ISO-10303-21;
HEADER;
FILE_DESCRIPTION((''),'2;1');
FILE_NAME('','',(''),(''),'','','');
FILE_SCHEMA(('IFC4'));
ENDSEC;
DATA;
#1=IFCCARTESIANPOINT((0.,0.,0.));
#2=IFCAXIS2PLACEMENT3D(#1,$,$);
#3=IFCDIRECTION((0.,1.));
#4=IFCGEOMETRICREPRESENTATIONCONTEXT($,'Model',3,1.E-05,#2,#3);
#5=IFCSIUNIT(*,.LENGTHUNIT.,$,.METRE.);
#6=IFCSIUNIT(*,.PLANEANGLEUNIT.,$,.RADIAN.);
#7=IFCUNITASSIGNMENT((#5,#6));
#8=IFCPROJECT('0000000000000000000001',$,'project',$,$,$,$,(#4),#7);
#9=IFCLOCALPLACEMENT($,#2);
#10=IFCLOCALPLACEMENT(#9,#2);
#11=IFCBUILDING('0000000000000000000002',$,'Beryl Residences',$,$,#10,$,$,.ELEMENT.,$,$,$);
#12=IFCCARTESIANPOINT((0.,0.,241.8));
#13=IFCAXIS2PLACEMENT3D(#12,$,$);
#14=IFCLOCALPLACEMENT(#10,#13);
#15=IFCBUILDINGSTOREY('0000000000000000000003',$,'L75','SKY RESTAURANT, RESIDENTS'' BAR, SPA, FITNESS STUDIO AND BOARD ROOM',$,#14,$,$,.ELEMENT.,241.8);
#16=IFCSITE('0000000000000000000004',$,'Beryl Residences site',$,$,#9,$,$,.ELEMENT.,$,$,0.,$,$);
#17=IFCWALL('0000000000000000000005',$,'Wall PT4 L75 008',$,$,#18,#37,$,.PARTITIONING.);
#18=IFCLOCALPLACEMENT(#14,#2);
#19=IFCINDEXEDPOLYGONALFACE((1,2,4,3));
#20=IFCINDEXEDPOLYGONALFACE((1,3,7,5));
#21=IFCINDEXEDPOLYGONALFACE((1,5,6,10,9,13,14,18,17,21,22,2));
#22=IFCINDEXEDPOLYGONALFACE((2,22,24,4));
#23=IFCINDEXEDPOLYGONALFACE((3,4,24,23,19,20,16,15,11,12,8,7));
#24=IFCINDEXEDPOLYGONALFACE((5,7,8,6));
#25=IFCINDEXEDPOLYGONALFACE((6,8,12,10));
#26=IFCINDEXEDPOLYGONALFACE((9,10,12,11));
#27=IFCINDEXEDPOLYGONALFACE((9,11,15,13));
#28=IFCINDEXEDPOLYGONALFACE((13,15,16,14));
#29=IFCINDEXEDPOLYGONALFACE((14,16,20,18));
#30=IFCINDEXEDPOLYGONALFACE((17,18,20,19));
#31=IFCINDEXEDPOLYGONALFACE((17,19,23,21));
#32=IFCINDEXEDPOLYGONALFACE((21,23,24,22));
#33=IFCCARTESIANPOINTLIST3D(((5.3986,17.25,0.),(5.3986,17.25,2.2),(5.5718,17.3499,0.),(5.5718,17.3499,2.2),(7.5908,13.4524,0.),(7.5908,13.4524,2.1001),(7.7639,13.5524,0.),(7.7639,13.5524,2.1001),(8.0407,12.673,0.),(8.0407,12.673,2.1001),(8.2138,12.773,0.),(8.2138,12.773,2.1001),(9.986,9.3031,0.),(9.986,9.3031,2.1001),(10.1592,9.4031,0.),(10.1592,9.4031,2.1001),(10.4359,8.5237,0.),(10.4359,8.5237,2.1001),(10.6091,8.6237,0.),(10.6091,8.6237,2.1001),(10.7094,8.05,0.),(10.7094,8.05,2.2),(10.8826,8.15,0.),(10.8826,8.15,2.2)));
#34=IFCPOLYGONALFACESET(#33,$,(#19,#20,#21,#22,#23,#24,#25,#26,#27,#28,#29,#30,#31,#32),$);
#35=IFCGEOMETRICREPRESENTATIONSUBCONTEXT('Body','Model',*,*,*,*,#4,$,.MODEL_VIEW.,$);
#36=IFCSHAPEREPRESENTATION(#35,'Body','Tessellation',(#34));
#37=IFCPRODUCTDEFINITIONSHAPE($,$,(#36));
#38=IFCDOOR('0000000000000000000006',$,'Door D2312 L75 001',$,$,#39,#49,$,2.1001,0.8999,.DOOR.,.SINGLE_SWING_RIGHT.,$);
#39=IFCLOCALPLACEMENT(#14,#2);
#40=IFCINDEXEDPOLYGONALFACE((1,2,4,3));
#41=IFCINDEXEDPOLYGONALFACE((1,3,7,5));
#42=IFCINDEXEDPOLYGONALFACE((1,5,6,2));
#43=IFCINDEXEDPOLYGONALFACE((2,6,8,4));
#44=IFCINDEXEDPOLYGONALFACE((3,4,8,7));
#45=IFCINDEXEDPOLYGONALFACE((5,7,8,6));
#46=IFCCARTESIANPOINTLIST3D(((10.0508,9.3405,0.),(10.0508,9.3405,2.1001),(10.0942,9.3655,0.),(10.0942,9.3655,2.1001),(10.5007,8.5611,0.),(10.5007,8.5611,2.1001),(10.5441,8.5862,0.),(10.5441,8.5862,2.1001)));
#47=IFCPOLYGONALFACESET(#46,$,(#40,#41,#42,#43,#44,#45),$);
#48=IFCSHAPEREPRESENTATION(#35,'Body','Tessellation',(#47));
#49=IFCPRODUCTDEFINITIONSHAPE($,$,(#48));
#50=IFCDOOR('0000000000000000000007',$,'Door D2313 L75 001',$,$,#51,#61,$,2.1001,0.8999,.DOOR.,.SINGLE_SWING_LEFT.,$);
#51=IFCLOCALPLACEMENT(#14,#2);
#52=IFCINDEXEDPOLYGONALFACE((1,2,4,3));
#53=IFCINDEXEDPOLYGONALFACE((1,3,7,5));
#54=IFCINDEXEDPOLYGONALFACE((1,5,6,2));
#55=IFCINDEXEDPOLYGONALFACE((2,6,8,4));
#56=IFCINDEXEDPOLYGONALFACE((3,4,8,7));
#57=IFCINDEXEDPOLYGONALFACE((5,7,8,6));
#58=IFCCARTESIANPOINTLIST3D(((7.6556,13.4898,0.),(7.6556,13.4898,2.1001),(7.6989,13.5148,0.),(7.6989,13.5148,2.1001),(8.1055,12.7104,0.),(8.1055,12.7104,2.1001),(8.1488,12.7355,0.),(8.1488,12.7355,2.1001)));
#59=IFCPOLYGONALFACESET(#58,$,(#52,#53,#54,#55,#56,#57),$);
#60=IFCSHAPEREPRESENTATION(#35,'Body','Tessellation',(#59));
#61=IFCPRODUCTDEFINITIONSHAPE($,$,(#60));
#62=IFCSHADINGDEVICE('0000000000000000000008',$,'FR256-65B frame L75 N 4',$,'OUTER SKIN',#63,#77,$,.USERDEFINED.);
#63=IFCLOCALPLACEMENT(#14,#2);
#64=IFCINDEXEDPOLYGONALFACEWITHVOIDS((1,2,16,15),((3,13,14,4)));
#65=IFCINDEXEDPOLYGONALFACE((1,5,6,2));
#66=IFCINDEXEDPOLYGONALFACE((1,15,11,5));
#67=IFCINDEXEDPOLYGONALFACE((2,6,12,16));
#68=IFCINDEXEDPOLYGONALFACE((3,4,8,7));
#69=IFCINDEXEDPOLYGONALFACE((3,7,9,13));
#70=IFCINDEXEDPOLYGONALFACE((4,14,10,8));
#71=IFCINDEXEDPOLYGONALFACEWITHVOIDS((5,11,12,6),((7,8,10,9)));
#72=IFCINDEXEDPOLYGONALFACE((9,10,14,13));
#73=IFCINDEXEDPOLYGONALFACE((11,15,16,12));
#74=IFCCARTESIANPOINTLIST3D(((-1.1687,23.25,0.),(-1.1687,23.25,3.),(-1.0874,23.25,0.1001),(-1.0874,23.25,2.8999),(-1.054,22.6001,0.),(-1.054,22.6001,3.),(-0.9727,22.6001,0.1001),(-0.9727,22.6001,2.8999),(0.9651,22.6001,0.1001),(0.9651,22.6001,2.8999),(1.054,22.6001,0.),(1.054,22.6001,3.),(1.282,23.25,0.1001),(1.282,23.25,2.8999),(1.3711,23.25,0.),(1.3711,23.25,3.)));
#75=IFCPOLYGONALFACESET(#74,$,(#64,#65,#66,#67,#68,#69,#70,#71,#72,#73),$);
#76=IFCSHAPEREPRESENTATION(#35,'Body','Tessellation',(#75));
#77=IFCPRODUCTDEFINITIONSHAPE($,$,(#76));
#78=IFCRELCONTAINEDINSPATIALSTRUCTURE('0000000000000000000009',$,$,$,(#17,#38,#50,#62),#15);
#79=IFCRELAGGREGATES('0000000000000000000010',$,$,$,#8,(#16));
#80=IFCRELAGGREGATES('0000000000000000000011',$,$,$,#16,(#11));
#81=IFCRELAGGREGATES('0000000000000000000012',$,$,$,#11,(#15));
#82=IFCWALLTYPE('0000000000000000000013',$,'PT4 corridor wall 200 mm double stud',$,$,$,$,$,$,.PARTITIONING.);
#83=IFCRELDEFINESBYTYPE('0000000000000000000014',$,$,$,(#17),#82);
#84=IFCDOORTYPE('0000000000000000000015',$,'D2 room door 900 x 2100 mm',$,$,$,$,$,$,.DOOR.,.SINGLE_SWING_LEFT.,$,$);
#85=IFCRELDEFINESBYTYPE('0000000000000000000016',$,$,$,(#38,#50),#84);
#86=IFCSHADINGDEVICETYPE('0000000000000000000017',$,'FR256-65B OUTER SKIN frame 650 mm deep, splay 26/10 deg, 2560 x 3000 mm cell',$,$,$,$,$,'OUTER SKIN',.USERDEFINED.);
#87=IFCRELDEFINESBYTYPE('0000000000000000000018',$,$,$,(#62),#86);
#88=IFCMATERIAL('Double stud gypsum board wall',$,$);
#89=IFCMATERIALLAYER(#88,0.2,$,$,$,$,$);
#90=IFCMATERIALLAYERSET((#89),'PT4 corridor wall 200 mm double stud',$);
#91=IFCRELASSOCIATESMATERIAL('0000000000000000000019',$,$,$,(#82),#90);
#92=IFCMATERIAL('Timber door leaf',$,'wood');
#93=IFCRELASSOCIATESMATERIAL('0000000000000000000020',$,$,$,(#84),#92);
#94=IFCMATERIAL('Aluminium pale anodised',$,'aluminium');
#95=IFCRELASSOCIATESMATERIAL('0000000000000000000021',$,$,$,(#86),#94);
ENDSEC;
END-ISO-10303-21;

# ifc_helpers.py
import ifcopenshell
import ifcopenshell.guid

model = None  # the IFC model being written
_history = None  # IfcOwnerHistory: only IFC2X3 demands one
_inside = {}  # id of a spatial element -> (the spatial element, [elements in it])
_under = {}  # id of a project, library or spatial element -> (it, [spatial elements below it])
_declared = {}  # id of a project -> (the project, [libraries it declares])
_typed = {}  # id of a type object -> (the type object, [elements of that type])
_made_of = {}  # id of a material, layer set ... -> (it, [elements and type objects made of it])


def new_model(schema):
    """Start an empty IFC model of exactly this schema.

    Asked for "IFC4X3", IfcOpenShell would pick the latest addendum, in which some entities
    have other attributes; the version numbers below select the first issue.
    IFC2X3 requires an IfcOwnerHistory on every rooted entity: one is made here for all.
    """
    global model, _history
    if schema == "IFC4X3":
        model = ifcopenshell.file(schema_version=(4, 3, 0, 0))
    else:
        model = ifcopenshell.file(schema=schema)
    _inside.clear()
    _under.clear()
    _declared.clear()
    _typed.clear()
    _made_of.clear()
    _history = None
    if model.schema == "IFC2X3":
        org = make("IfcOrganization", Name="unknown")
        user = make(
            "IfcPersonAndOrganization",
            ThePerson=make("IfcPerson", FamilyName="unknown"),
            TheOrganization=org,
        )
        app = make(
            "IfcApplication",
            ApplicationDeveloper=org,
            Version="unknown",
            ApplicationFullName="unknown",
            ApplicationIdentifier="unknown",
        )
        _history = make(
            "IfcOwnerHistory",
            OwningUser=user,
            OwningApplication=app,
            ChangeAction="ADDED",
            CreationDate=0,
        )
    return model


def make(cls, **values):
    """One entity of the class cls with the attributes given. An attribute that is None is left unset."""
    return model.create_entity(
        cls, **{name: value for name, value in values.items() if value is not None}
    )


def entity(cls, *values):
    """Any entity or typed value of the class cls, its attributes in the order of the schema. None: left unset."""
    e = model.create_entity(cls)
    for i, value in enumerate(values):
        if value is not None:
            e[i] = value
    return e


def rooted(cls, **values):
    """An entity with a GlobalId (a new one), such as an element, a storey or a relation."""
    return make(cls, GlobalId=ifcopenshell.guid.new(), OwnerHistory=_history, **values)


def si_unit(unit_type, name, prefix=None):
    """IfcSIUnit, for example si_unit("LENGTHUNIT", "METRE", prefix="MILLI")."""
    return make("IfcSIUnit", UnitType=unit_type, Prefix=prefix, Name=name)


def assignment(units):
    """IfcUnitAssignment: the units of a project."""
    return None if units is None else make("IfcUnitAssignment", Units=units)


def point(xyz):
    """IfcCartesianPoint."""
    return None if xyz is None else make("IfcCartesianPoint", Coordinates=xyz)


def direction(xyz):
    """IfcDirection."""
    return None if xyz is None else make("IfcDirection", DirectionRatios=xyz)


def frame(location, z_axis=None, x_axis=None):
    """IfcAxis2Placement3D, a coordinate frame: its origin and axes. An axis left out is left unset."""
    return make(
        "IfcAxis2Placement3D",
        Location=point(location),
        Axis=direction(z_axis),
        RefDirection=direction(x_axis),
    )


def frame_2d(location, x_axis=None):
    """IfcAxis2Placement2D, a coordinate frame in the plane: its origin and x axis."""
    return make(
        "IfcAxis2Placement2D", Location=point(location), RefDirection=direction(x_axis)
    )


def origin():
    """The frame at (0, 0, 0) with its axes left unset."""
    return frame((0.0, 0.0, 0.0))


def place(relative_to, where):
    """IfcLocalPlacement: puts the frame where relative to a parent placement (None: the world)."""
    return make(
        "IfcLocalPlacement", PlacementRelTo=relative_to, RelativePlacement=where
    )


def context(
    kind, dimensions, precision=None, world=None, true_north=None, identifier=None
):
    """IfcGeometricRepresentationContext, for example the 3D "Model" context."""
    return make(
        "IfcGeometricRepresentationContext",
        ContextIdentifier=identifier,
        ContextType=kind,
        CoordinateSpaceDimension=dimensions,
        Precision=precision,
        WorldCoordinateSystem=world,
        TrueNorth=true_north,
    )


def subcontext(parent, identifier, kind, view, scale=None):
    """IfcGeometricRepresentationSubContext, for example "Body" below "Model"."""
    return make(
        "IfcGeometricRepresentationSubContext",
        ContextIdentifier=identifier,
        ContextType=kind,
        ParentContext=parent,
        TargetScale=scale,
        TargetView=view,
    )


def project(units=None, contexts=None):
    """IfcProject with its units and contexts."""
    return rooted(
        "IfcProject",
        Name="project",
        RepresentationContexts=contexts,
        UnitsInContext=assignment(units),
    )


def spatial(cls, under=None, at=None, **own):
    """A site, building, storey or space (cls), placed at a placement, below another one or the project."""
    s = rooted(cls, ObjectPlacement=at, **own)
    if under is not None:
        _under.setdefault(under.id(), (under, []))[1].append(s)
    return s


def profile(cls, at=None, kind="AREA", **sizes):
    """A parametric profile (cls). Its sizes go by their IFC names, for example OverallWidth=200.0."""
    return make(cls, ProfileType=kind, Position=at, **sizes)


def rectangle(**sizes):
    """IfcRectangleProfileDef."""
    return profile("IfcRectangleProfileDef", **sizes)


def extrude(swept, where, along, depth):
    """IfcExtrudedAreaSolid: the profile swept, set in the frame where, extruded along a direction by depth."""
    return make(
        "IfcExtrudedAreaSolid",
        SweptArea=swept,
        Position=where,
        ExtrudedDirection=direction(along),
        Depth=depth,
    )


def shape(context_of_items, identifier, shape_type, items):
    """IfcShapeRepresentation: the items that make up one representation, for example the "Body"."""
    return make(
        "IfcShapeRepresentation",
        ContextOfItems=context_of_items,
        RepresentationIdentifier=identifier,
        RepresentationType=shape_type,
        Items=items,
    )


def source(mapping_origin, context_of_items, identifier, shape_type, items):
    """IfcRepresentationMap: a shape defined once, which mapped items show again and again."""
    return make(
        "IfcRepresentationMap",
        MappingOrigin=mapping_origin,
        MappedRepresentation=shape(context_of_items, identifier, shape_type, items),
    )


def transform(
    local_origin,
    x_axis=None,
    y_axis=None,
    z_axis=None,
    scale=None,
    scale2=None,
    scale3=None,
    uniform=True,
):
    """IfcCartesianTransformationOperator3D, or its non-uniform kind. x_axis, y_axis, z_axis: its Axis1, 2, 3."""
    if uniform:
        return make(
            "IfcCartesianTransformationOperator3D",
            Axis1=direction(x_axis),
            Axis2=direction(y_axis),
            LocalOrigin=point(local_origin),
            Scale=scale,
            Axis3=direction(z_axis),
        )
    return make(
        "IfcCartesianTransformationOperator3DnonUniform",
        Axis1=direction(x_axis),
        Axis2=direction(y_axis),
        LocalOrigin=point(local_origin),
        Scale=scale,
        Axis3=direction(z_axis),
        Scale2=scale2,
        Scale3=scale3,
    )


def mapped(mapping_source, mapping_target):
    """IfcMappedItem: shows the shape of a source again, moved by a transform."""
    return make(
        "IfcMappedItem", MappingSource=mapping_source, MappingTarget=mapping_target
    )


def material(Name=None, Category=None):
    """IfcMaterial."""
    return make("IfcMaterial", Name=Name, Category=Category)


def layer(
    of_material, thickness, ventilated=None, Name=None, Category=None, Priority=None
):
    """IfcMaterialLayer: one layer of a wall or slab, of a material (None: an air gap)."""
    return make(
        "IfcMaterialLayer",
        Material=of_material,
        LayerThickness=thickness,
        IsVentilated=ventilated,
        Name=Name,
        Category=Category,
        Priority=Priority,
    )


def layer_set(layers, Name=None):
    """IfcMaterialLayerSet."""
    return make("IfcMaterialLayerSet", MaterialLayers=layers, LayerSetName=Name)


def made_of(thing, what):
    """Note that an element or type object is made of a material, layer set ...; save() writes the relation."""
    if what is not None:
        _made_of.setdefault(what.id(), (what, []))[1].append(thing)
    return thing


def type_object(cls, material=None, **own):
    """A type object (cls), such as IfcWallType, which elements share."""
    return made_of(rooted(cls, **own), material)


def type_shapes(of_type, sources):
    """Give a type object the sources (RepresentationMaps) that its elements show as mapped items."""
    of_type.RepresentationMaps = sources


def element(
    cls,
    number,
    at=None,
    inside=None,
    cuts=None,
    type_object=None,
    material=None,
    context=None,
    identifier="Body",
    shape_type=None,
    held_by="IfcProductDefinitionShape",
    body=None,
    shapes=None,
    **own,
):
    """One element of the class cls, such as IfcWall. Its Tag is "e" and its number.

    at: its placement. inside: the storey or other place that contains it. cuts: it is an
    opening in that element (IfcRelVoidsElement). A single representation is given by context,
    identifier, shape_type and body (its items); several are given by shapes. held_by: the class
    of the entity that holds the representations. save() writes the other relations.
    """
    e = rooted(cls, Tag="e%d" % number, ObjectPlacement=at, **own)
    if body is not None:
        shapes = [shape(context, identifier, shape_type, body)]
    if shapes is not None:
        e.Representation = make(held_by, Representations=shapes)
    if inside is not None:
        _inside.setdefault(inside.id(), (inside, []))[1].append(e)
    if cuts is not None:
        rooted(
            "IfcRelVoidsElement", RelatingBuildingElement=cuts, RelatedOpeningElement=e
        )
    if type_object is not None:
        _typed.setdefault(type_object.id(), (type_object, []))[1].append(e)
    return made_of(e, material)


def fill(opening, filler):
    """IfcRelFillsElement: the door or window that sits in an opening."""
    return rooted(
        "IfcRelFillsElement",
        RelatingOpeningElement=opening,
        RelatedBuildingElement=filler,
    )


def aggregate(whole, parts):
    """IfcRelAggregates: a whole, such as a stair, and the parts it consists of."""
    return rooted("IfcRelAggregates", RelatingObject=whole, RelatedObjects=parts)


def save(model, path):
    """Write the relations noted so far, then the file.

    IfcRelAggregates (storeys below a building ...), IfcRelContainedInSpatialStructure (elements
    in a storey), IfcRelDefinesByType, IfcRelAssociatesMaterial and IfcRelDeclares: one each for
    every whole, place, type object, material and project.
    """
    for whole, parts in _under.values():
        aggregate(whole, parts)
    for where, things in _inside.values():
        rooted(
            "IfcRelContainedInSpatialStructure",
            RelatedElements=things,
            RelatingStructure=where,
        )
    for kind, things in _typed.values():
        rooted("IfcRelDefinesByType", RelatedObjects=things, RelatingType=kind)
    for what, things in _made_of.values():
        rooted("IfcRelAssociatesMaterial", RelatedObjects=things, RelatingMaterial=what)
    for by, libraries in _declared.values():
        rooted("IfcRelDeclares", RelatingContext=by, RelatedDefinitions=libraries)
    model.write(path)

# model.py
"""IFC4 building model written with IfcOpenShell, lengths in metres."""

from ifc_helpers import new_model, entity, si_unit, direction, frame, frame_2d, origin, place, context, subcontext, project, spatial, rectangle, extrude, source, transform, mapped, material, layer, layer_set, type_object, type_shapes, element, fill, save


model = new_model("IFC4")

# Units and contexts
model_context = context("Model", 3, precision=1e-05, world=origin(), true_north=direction((0.0, 1.0)))
body_context = subcontext(model_context, "Body", "Model", "MODEL_VIEW")
ifc_project = project(units=[si_unit("LENGTHUNIT", "METRE"), si_unit("PLANEANGLEUNIT", "RADIAN")], contexts=[model_context])

# Site, building, storey
site_placement = place(None, origin())
site = spatial("IfcSite", under=ifc_project, at=site_placement, Name="Beryl Residences site", CompositionType="ELEMENT", RefElevation=0.0)
building_placement = place(site_placement, origin())
building = spatial("IfcBuilding", under=site, at=building_placement, Name="Beryl Residences", CompositionType="ELEMENT")
storey_placement = place(building_placement, frame((0.0, 0.0, 241.8)))
storey = spatial("IfcBuildingStorey", under=building, at=storey_placement, Name="L75", Description="SKY RESTAURANT, RESIDENTS' BAR, SPA, FITNESS STUDIO AND BOARD ROOM", CompositionType="ELEMENT", Elevation=241.8)

# Wall, openings, doors
ifc_material_1 = material(Name="Double stud gypsum board wall")
ifc_layer_1 = layer(ifc_material_1, 0.2)
ifc_layer_set_1 = layer_set([ifc_layer_1], Name="PT4 corridor wall 200 mm double stud")
wall_type_1 = type_object("IfcWallType", Name="PT4 corridor wall 200 mm double stud", PredefinedType="PARTITIONING", material=ifc_layer_set_1)
wall_1_placement = place(storey_placement, frame((5.4851, 17.3, 0.0), z_axis=(0.0, 0.0, 1.0), x_axis=(0.499943, -0.866058, 0.0)))
wall_1 = element("IfcWall", 1, at=wall_1_placement, inside=storey, type_object=wall_type_1, Name="Wall PT4 L75 008", PredefinedType="PARTITIONING", context=body_context, shape_type="SweptSolid", body=[
    extrude(rectangle(XDim=10.6228, YDim=0.2, at=frame_2d((5.3115, 0.0))), origin(), (0.0, 0.0, 1.0), 2.2),
])
opening_1_placement = place(wall_1_placement, frame((9.176, 0.0, 0.0)))
opening_1 = element("IfcOpeningElement", 2, at=opening_1_placement, cuts=wall_1, PredefinedType="OPENING", context=body_context, shape_type="SweptSolid", body=[
    extrude(rectangle(XDim=0.8999, YDim=2.1001, at=frame_2d((0.45, 1.05))), frame((0.0, 0.1099, 0.0), z_axis=(0.0, -1.0, 0.0), x_axis=(1.0, 0.0, 0.0)), (0.0, 0.0, 1.0), 0.22),
])
opening_2_placement = place(wall_1_placement, frame((4.385, 0.0, 0.0)))
opening_2 = element("IfcOpeningElement", 3, at=opening_2_placement, cuts=wall_1, PredefinedType="OPENING", context=body_context, shape_type="SweptSolid", body=[
    extrude(rectangle(XDim=0.8999, YDim=2.1001, at=frame_2d((0.45, 1.05))), frame((0.0, 0.1099, 0.0), z_axis=(0.0, -1.0, 0.0), x_axis=(1.0, 0.0, 0.0)), (0.0, 0.0, 1.0), 0.22),
])
ifc_material_2 = material(Name="Timber door leaf", Category="wood")
door_type = type_object("IfcDoorType", Name="D2 room door 900 x 2100 mm", OperationType="SINGLE_SWING_LEFT", PredefinedType="DOOR", material=ifc_material_2)
door_1_placement = place(opening_1_placement, origin())
door_1 = element("IfcDoor", 4, at=door_1_placement, inside=storey, type_object=door_type, Name="Door D2312 L75 001", OperationType="SINGLE_SWING_RIGHT", OverallHeight=2.1001, OverallWidth=0.8999, PredefinedType="DOOR", context=body_context, shape_type="SweptSolid", body=[
    extrude(rectangle(XDim=0.8999, YDim=2.1001, at=frame_2d((0.45, 1.05))), frame((0.0, 0.0249, 0.0), z_axis=(0.0, -1.0, 0.0), x_axis=(1.0, 0.0, 0.0)), (0.0, 0.0, 1.0), 0.05),
])
fill(opening_1, door_1)
door_2_placement = place(opening_2_placement, origin())
door_2 = element("IfcDoor", 5, at=door_2_placement, inside=storey, type_object=door_type, Name="Door D2313 L75 001", OperationType="SINGLE_SWING_LEFT", OverallHeight=2.1001, OverallWidth=0.8999, PredefinedType="DOOR", context=body_context, shape_type="SweptSolid", body=[
    extrude(rectangle(XDim=0.8999, YDim=2.1001, at=frame_2d((0.45, 1.05))), frame((0.0, 0.0249, 0.0), z_axis=(0.0, -1.0, 0.0), x_axis=(1.0, 0.0, 0.0)), (0.0, 0.0, 1.0), 0.05),
])
fill(opening_2, door_2)

# Shading device
ifc_material_3 = material(Name="Aluminium pale anodised", Category="aluminium")
shading_device_type_1 = type_object("IfcShadingDeviceType", Name="FR256-65B OUTER SKIN frame 650 mm deep, splay 26/10 deg, 2560 x 3000 mm cell", ElementType="OUTER SKIN", PredefinedType="USERDEFINED", material=ifc_material_3)
cartesian_point_1 = entity("IfcCartesianPoint", [-1.054, 0.0])
cartesian_point_2 = entity("IfcCartesianPoint", [-0.9651, 0.1001])
cartesian_point_3 = entity("IfcCartesianPoint", [-1.3711, 0.0])
cartesian_point_4 = entity("IfcCartesianPoint", [-1.282, 0.1001])
shared_shape_1 = source(origin(), body_context, "Body", "SweptSolid", [
    entity("IfcExtrudedAreaSolidTapered", entity("IfcArbitraryProfileDefWithVoids", "AREA", None, entity("IfcPolyline", [cartesian_point_1, entity("IfcCartesianPoint", [1.054, 0.0]), entity("IfcCartesianPoint", [1.054, 3.0]), entity("IfcCartesianPoint", [-1.054, 3.0]), cartesian_point_1]), [entity("IfcPolyline", [cartesian_point_2, entity("IfcCartesianPoint", [0.9727, 0.1001]), entity("IfcCartesianPoint", [0.9727, 2.8999]), entity("IfcCartesianPoint", [-0.9651, 2.8999]), cartesian_point_2])]), entity("IfcAxis2Placement3D", entity("IfcCartesianPoint", [0.0, 0.0, 0.0]), entity("IfcDirection", [0.0, 1.0, 0.0]), entity("IfcDirection", [-1.0, 0.0, 0.0])), entity("IfcDirection", [0.0, 0.0, 1.0]), 0.6499, entity("IfcArbitraryProfileDefWithVoids", "AREA", None, entity("IfcPolyline", [cartesian_point_3, entity("IfcCartesianPoint", [1.1687, 0.0]), entity("IfcCartesianPoint", [1.1687, 3.0]), entity("IfcCartesianPoint", [-1.3711, 3.0]), cartesian_point_3]), [entity("IfcPolyline", [cartesian_point_4, entity("IfcCartesianPoint", [1.0874, 0.1001]), entity("IfcCartesianPoint", [1.0874, 2.8999]), entity("IfcCartesianPoint", [-1.282, 2.8999]), cartesian_point_4])])),
])
type_shapes(shading_device_type_1, [shared_shape_1])
for number, where, z_axis, x_axis, name in (
    (6, (0.0, 22.6001, 0.0), (0.0, 0.0, 1.0), (1.0, 0.0, 0.0), "FR256-65B frame L75 N 4"),
):
    element("IfcShadingDevice", number, at=place(storey_placement, frame(where, z_axis=z_axis, x_axis=x_axis)), inside=storey, type_object=shading_device_type_1, Name=name, ObjectType="OUTER SKIN", PredefinedType="USERDEFINED", context=body_context, shape_type="MappedRepresentation", body=[
        mapped(shared_shape_1, transform((0.0, 0.0, 0.0))),
    ])

save(model, "model.ifc")
